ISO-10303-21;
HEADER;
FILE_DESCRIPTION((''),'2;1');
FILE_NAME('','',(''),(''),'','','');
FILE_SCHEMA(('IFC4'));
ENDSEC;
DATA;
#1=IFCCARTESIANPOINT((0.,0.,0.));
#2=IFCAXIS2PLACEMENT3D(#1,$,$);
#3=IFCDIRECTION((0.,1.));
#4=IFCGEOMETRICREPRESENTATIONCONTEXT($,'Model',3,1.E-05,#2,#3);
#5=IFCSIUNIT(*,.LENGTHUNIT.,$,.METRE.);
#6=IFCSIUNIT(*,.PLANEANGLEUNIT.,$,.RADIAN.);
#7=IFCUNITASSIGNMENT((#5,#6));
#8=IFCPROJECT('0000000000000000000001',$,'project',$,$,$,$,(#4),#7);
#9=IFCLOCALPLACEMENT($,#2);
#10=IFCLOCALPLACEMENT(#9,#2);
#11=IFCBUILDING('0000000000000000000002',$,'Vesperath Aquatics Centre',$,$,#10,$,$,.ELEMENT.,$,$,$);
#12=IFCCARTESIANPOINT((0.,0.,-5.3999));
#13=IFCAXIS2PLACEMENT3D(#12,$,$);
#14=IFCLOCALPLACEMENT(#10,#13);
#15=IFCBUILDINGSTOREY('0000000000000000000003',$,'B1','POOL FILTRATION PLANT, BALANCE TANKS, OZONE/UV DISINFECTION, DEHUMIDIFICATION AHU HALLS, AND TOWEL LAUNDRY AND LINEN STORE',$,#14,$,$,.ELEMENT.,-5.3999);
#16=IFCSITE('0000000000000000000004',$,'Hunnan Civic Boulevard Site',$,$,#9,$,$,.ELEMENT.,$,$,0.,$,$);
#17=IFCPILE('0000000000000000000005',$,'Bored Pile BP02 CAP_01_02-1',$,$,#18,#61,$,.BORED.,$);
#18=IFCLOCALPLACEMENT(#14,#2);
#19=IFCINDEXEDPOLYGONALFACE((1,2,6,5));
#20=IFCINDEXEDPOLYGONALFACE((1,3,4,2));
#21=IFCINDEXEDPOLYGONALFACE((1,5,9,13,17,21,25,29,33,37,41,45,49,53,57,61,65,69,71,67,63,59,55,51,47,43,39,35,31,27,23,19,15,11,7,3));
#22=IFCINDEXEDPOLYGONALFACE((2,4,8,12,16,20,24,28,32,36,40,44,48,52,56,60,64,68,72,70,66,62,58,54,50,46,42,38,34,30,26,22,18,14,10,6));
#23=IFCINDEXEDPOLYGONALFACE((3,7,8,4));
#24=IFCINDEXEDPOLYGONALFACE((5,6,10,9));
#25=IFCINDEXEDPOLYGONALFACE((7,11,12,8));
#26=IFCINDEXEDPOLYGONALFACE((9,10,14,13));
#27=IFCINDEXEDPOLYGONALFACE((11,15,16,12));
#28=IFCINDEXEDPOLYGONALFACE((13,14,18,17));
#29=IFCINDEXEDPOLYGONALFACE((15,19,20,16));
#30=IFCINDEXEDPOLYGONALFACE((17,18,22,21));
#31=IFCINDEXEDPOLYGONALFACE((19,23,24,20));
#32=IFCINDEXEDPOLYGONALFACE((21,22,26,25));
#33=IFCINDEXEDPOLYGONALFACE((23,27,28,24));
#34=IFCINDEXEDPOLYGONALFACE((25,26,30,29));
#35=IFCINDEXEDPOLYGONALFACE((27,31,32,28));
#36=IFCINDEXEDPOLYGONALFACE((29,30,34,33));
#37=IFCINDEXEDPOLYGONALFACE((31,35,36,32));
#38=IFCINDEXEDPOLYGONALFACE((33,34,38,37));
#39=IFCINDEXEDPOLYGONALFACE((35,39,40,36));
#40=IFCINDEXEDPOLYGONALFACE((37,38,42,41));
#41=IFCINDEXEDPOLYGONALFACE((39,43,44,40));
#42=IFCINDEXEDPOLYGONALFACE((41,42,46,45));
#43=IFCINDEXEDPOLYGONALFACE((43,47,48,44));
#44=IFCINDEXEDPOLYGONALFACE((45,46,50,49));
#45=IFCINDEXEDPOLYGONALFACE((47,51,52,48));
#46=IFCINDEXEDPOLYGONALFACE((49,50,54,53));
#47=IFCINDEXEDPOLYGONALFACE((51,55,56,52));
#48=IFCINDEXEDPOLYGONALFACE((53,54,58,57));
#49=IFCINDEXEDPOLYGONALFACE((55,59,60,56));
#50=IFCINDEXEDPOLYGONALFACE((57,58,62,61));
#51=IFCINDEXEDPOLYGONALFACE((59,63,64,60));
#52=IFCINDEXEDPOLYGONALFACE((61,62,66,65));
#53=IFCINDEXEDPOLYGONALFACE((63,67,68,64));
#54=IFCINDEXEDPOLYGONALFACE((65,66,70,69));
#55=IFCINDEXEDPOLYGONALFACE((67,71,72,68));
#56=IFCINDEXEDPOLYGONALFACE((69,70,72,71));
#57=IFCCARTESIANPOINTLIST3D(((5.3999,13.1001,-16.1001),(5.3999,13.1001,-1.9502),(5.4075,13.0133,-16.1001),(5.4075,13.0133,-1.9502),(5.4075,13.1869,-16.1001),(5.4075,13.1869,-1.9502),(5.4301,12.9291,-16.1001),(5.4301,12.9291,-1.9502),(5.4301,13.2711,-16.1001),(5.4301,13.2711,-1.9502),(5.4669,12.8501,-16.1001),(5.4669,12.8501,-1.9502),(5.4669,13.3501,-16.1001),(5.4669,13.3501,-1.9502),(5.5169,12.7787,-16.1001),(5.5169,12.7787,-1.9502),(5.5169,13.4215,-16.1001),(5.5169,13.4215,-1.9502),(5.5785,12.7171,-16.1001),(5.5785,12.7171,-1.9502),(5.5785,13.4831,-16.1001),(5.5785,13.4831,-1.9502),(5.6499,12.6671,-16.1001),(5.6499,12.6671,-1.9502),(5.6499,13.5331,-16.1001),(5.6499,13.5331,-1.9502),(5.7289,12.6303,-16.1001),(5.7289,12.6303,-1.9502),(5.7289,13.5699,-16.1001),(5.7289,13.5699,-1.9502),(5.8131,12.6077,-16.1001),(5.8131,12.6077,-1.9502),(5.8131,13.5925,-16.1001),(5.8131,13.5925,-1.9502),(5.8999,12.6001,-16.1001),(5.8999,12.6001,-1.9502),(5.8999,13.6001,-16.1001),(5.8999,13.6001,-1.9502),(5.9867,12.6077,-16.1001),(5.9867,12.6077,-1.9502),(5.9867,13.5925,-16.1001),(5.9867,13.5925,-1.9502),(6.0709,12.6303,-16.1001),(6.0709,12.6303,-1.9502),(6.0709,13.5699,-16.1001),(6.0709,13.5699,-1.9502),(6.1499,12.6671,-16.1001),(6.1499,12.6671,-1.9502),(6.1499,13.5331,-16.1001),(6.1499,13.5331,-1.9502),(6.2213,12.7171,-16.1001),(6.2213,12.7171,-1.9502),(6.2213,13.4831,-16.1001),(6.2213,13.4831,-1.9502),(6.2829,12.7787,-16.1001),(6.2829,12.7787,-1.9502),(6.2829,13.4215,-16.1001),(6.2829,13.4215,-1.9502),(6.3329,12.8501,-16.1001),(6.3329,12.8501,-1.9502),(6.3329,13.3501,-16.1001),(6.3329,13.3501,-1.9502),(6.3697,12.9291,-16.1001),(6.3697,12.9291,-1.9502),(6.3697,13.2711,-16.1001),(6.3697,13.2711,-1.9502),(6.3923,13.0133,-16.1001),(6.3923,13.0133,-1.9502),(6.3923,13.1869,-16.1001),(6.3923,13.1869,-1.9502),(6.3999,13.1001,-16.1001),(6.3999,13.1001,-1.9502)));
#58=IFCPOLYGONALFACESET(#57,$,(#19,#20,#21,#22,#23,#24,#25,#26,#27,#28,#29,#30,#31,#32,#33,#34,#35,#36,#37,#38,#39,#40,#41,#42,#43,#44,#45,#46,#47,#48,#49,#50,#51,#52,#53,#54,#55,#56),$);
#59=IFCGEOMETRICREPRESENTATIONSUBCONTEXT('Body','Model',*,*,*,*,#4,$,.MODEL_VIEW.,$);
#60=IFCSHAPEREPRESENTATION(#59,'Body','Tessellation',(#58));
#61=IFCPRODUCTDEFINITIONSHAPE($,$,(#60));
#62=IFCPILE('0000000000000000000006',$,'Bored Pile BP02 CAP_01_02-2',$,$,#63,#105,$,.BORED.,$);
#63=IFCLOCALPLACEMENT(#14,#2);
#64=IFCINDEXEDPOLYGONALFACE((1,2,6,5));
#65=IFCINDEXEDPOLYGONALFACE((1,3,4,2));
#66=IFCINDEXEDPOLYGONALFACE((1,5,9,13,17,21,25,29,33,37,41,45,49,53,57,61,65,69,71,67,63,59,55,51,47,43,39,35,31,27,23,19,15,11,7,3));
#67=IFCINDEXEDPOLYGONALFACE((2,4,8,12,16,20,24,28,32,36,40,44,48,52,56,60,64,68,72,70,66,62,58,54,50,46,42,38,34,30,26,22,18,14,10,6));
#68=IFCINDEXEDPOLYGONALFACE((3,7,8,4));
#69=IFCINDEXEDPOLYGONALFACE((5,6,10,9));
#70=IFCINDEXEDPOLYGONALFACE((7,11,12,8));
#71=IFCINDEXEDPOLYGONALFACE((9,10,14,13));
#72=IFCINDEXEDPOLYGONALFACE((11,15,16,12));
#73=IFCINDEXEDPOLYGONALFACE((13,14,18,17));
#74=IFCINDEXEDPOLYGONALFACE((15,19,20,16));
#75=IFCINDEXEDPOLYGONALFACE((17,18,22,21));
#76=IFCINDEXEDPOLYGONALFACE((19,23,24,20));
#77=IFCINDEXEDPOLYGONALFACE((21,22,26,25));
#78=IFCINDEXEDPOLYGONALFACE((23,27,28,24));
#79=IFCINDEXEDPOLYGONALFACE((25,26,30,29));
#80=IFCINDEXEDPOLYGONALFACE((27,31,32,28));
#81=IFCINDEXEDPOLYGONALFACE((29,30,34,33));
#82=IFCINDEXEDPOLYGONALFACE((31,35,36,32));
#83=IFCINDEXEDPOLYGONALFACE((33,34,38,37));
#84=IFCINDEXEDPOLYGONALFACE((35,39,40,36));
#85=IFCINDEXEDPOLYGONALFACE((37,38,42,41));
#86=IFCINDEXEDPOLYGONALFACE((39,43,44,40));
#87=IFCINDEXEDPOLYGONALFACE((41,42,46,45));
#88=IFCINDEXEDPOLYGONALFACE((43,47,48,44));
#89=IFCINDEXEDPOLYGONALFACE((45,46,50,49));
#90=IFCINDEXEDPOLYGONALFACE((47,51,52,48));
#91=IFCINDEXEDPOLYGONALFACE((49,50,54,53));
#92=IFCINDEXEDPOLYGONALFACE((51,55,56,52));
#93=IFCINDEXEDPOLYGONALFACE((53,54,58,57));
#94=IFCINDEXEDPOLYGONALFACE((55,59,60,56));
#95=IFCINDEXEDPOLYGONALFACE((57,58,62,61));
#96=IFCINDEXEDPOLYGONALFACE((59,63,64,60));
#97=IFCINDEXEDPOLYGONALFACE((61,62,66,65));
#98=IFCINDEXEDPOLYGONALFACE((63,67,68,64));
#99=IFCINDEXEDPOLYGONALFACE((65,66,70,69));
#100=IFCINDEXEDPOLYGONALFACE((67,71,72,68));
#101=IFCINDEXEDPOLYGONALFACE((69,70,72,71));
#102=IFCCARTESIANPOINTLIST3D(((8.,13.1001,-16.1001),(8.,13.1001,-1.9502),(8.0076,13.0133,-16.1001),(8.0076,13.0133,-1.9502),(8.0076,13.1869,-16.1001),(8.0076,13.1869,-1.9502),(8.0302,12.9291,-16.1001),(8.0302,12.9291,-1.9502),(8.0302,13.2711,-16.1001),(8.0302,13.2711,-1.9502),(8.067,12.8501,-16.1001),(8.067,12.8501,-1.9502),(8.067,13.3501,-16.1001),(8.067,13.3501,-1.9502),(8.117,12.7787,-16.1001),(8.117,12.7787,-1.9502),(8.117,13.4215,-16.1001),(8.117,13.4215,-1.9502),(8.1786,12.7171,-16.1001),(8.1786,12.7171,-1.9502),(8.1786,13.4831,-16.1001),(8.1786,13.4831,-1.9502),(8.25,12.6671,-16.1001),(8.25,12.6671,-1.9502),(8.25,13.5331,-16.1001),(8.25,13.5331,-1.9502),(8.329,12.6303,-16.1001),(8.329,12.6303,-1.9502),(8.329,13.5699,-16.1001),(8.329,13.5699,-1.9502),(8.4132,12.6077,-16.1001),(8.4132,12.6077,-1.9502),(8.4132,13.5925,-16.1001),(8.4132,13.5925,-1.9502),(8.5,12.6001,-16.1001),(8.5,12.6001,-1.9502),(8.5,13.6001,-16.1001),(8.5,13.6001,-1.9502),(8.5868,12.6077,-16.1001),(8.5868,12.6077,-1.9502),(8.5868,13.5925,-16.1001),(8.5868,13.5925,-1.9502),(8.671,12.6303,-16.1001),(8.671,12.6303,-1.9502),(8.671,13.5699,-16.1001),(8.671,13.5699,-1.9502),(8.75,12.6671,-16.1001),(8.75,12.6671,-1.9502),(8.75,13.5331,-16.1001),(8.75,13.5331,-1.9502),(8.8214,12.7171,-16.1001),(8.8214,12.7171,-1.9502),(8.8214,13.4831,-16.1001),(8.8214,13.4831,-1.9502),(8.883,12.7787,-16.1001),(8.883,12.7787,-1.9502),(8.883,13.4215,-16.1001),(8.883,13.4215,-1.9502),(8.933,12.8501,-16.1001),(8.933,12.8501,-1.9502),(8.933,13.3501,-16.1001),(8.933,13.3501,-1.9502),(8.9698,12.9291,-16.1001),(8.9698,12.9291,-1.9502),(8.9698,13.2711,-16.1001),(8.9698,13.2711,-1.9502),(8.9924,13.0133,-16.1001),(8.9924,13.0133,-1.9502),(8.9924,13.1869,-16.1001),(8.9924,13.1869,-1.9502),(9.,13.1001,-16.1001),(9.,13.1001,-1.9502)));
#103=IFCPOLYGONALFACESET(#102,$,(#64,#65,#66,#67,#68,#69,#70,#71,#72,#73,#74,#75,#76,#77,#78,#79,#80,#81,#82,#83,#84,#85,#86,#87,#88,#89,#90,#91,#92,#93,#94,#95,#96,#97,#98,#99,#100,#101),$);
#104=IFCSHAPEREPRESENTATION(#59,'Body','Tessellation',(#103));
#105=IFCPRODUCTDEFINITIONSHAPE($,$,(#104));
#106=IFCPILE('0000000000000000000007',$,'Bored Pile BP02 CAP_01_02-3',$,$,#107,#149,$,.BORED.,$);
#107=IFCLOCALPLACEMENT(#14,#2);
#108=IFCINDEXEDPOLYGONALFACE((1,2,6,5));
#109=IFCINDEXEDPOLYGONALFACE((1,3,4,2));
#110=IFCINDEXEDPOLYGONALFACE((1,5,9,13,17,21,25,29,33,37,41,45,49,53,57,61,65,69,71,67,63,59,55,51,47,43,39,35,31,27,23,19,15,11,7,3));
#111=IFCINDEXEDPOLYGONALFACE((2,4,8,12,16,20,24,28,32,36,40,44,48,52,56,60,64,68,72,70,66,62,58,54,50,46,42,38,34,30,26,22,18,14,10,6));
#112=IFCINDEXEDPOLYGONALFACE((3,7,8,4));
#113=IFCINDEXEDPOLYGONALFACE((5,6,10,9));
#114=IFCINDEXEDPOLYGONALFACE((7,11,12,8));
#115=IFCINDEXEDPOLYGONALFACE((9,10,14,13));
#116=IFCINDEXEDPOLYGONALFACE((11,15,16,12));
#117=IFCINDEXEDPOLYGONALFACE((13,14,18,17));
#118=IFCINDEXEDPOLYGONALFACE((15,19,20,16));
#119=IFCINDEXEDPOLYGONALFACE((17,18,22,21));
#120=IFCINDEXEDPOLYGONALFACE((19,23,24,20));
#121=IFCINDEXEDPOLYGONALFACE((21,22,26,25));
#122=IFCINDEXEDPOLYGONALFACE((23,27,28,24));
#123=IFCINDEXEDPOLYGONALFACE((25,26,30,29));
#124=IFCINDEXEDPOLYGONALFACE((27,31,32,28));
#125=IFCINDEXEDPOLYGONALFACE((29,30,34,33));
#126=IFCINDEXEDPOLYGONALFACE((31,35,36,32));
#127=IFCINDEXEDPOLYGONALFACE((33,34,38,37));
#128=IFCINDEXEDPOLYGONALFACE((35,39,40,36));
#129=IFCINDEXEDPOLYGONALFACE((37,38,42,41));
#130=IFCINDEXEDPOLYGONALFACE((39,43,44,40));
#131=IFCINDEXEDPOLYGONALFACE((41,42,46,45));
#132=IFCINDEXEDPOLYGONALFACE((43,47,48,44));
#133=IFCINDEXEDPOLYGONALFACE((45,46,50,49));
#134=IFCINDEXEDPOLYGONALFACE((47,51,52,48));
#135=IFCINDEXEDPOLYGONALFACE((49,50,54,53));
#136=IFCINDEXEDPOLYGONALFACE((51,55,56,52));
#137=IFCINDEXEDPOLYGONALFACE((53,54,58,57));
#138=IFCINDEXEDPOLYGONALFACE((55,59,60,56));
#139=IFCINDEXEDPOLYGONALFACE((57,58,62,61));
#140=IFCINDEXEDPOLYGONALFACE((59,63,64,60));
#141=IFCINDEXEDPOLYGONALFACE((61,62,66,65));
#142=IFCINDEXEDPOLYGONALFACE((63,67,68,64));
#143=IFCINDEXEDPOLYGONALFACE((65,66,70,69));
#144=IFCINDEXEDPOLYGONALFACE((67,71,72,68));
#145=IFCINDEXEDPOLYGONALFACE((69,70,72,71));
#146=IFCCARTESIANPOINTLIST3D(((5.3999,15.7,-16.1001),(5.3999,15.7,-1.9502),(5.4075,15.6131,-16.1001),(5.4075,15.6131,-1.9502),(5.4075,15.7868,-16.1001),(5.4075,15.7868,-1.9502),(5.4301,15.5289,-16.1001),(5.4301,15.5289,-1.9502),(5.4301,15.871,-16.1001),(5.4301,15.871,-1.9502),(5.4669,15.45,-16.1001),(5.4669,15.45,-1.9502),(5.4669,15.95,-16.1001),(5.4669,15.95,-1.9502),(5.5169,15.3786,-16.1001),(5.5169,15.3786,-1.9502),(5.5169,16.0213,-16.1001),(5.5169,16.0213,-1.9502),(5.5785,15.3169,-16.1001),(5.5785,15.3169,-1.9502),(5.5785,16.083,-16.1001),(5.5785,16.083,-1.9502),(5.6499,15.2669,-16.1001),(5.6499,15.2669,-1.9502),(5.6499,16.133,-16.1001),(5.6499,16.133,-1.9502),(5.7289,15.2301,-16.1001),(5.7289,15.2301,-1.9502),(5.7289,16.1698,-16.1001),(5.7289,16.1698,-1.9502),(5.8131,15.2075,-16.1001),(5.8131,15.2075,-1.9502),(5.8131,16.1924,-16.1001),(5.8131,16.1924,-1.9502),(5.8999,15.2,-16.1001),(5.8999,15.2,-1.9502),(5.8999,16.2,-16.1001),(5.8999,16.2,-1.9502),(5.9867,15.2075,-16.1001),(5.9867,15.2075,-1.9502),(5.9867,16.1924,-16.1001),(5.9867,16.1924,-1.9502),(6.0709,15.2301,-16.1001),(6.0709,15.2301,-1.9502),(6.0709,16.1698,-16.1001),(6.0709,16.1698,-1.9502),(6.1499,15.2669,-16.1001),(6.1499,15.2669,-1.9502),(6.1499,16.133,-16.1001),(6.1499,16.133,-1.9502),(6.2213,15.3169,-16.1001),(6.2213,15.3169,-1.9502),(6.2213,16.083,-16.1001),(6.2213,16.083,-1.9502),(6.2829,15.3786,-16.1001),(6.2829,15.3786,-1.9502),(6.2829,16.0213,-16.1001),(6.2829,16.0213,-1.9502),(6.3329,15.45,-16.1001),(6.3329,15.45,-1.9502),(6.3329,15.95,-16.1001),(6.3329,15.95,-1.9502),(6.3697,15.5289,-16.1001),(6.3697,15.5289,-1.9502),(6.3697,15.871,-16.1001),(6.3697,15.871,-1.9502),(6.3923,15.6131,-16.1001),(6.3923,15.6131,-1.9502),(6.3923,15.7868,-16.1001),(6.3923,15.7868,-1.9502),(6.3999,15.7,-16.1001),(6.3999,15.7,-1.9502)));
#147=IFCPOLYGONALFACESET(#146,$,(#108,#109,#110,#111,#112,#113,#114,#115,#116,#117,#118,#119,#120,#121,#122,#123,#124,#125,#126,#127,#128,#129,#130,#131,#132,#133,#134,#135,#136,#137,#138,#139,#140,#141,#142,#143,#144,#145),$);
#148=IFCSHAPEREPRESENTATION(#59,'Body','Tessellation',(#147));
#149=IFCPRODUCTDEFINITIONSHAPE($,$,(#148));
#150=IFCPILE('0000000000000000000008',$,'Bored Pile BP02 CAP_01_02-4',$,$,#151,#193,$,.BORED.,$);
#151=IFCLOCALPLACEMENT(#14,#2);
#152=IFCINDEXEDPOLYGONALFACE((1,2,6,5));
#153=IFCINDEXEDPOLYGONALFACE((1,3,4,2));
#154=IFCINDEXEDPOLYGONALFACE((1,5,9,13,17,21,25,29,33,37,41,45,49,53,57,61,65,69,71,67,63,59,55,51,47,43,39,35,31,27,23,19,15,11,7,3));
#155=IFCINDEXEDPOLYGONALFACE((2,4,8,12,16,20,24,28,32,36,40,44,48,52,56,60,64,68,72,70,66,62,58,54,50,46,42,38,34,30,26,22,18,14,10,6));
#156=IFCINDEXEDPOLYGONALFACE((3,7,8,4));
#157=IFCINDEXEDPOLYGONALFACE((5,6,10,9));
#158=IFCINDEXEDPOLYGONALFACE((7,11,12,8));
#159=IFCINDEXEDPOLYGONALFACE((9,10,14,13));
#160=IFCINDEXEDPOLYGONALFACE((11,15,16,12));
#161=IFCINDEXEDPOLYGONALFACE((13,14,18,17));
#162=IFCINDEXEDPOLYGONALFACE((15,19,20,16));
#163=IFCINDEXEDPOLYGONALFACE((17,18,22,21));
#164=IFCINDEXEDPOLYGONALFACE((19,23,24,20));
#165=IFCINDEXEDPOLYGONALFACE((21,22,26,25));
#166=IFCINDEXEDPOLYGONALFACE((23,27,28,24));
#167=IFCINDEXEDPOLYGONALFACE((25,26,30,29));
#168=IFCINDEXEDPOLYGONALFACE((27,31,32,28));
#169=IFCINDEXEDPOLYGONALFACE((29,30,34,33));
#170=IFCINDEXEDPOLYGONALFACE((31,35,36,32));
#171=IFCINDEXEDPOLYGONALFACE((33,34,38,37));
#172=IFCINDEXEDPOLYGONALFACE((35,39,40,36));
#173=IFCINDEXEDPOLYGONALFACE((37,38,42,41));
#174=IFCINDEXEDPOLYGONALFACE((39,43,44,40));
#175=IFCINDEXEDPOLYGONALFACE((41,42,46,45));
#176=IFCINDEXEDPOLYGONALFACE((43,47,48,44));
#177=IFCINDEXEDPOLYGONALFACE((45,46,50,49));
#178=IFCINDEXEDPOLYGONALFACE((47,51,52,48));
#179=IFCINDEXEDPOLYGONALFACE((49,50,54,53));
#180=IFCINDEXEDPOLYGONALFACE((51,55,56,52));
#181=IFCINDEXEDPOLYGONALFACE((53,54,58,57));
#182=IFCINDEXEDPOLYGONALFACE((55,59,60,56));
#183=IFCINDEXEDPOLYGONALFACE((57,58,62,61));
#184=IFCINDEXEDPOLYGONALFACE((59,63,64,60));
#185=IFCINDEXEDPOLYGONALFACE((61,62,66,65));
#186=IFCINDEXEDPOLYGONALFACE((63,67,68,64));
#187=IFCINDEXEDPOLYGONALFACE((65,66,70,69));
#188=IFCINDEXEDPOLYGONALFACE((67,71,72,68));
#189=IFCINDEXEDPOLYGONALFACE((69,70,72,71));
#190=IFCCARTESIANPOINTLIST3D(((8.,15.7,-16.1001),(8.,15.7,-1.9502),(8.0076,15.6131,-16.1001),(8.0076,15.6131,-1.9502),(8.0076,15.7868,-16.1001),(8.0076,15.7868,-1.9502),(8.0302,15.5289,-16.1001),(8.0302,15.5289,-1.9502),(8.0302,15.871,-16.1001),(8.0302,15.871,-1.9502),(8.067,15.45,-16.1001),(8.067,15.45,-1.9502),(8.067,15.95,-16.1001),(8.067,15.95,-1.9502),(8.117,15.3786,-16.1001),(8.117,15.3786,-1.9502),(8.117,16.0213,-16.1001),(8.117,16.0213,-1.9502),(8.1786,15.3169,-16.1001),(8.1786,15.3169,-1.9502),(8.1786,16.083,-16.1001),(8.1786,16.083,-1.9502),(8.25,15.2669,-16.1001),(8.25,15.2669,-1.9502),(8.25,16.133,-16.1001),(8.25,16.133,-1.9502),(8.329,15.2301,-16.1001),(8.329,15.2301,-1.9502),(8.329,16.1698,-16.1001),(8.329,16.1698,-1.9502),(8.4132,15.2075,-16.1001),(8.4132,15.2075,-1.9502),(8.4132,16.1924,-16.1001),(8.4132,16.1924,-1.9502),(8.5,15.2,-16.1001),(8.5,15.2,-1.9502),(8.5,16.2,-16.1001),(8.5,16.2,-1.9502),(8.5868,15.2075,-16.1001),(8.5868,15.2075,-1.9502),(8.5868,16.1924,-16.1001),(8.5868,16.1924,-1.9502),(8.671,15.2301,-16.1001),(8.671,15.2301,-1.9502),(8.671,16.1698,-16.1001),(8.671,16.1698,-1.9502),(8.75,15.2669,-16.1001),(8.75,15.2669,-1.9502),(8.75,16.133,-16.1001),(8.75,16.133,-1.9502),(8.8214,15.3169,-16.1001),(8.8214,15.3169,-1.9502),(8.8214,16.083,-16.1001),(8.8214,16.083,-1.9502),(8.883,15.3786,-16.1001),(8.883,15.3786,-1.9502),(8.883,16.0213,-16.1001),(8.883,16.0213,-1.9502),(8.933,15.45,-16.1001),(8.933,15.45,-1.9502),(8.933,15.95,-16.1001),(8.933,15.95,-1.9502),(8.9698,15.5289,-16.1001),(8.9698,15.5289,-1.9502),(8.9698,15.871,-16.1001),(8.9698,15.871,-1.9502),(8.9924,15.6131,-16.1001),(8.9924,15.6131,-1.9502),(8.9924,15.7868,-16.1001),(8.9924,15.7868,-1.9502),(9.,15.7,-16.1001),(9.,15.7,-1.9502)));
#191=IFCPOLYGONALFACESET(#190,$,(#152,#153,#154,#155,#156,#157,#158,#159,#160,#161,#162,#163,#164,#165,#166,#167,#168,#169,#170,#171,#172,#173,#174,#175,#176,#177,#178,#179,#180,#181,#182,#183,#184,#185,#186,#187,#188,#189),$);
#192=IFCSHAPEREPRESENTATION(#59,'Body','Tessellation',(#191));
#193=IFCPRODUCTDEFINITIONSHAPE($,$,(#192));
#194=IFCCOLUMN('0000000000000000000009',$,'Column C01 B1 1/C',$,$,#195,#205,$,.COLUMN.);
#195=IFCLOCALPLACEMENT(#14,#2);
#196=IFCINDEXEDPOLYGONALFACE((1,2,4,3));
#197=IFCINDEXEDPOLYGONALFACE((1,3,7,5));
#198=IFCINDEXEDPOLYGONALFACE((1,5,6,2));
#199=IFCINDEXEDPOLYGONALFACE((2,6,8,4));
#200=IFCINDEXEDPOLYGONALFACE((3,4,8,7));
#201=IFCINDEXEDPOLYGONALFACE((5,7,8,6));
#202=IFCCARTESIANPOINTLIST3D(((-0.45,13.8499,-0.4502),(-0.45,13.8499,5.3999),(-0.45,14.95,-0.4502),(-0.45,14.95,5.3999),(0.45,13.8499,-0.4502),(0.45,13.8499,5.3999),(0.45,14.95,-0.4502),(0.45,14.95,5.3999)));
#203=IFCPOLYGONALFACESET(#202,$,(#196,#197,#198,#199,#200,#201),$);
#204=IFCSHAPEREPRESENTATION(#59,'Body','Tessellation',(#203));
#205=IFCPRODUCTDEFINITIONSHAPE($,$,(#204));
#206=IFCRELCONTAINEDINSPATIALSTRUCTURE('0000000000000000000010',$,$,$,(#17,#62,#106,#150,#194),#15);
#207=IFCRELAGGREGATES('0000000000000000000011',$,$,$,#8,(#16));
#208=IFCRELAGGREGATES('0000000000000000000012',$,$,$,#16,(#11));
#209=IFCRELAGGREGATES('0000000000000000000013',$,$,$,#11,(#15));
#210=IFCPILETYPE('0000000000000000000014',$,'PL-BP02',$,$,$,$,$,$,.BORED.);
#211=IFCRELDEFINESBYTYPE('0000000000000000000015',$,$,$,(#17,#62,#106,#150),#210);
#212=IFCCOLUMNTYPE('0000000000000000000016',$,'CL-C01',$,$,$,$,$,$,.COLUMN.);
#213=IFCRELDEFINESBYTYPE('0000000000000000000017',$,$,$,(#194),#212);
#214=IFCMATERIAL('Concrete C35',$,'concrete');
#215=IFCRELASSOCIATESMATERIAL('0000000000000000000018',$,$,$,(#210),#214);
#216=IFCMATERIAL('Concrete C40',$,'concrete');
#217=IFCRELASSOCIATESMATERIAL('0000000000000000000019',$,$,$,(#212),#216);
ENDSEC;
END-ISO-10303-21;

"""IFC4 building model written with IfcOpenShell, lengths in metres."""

from ifc_helpers import new_model, si_unit, direction, frame, origin, origin_2d, place, context, subcontext, project, spatial, rectangle, circle, extrude, material, material_profile, profile_set, type_object, element, save


model = new_model("IFC4")

# Units and contexts
model_context = context("Model", 3, precision=1e-05, world=origin(), true_north=direction((0.0, 1.0)))
body_context = subcontext(model_context, "Body", "Model", "MODEL_VIEW")
ifc_project = project(units=[si_unit("LENGTHUNIT", "METRE"), si_unit("PLANEANGLEUNIT", "RADIAN")], contexts=[model_context])

# Site, building, storey
site_placement = place(None, origin())
site = spatial("IfcSite", under=ifc_project, at=site_placement, Name="Hunnan Civic Boulevard Site", CompositionType="ELEMENT", RefElevation=0.0)
building_placement = place(site_placement, origin())
building = spatial("IfcBuilding", under=site, at=building_placement, Name="Vesperath Aquatics Centre", CompositionType="ELEMENT")
storey_placement = place(building_placement, frame((0.0, 0.0, -5.3999)))
storey = spatial("IfcBuildingStorey", under=building, at=storey_placement, Name="B1", Description="POOL FILTRATION PLANT, BALANCE TANKS, OZONE/UV DISINFECTION, DEHUMIDIFICATION AHU HALLS, AND TOWEL LAUNDRY AND LINEN STORE", CompositionType="ELEMENT", Elevation=-5.3999)

# Shared definitions
ifc_material_1 = material(Name="Concrete C40", Category="concrete")

# Piles
ifc_material_2 = material(Name="Concrete C35", Category="concrete")
ifc_material_profile_1 = material_profile(ifc_material_2, circle(Radius=0.5, at=origin_2d()), Name="PILE D1000")
ifc_profile_set_1 = profile_set([ifc_material_profile_1], Name="Concrete C35")
pile_type_1 = type_object("IfcPileType", Name="PL-BP02", PredefinedType="BORED", material=ifc_profile_set_1)
for number, where, z_axis, x_axis, name in (
    (1, (5.8999, 13.1001, -1.9502), (0.0, 0.0, -1.0), (1.0, 0.0, 0.0), "Bored Pile BP02 CAP_01_02-1"),
    (2, (8.5, 13.1001, -1.9502), (0.0, 0.0, -1.0), (1.0, 0.0, 0.0), "Bored Pile BP02 CAP_01_02-2"),
    (3, (5.8999, 15.7, -1.9502), (0.0, 0.0, -1.0), (1.0, 0.0, 0.0), "Bored Pile BP02 CAP_01_02-3"),
    (4, (8.5, 15.7, -1.9502), (0.0, 0.0, -1.0), (1.0, 0.0, 0.0), "Bored Pile BP02 CAP_01_02-4"),
):
    element("IfcPile", number, at=place(storey_placement, frame(where, z_axis=z_axis, x_axis=x_axis)), inside=storey, type_object=pile_type_1, Name=name, PredefinedType="BORED", context=body_context, shape_type="SweptSolid", body=[
        extrude(circle(Radius=0.5, at=origin_2d()), origin(), (0.0, 0.0, 1.0), 14.1499),
    ])

# Column
ifc_material_profile_2 = material_profile(ifc_material_1, rectangle(XDim=0.8999, YDim=1.1001, at=origin_2d()), Name="RC 1100x900")
ifc_profile_set_2 = profile_set([ifc_material_profile_2], Name="Concrete C40")
column_type = type_object("IfcColumnType", Name="CL-C01", PredefinedType="COLUMN", material=ifc_profile_set_2)
for number, where, z_axis, x_axis, name in (
    (5, (0.0, 14.3999, -0.4502), (0.0, 0.0, 1.0), (1.0, 0.0, 0.0), "Column C01 B1 1/C"),
):
    element("IfcColumn", number, at=place(storey_placement, frame(where, z_axis=z_axis, x_axis=x_axis)), inside=storey, type_object=column_type, Name=name, PredefinedType="COLUMN", context=body_context, shape_type="SweptSolid", body=[
        extrude(rectangle(XDim=0.8999, YDim=1.1001, at=origin_2d()), origin(), (0.0, 0.0, 1.0), 5.8501),
    ])

save(model, "model.ifc")
